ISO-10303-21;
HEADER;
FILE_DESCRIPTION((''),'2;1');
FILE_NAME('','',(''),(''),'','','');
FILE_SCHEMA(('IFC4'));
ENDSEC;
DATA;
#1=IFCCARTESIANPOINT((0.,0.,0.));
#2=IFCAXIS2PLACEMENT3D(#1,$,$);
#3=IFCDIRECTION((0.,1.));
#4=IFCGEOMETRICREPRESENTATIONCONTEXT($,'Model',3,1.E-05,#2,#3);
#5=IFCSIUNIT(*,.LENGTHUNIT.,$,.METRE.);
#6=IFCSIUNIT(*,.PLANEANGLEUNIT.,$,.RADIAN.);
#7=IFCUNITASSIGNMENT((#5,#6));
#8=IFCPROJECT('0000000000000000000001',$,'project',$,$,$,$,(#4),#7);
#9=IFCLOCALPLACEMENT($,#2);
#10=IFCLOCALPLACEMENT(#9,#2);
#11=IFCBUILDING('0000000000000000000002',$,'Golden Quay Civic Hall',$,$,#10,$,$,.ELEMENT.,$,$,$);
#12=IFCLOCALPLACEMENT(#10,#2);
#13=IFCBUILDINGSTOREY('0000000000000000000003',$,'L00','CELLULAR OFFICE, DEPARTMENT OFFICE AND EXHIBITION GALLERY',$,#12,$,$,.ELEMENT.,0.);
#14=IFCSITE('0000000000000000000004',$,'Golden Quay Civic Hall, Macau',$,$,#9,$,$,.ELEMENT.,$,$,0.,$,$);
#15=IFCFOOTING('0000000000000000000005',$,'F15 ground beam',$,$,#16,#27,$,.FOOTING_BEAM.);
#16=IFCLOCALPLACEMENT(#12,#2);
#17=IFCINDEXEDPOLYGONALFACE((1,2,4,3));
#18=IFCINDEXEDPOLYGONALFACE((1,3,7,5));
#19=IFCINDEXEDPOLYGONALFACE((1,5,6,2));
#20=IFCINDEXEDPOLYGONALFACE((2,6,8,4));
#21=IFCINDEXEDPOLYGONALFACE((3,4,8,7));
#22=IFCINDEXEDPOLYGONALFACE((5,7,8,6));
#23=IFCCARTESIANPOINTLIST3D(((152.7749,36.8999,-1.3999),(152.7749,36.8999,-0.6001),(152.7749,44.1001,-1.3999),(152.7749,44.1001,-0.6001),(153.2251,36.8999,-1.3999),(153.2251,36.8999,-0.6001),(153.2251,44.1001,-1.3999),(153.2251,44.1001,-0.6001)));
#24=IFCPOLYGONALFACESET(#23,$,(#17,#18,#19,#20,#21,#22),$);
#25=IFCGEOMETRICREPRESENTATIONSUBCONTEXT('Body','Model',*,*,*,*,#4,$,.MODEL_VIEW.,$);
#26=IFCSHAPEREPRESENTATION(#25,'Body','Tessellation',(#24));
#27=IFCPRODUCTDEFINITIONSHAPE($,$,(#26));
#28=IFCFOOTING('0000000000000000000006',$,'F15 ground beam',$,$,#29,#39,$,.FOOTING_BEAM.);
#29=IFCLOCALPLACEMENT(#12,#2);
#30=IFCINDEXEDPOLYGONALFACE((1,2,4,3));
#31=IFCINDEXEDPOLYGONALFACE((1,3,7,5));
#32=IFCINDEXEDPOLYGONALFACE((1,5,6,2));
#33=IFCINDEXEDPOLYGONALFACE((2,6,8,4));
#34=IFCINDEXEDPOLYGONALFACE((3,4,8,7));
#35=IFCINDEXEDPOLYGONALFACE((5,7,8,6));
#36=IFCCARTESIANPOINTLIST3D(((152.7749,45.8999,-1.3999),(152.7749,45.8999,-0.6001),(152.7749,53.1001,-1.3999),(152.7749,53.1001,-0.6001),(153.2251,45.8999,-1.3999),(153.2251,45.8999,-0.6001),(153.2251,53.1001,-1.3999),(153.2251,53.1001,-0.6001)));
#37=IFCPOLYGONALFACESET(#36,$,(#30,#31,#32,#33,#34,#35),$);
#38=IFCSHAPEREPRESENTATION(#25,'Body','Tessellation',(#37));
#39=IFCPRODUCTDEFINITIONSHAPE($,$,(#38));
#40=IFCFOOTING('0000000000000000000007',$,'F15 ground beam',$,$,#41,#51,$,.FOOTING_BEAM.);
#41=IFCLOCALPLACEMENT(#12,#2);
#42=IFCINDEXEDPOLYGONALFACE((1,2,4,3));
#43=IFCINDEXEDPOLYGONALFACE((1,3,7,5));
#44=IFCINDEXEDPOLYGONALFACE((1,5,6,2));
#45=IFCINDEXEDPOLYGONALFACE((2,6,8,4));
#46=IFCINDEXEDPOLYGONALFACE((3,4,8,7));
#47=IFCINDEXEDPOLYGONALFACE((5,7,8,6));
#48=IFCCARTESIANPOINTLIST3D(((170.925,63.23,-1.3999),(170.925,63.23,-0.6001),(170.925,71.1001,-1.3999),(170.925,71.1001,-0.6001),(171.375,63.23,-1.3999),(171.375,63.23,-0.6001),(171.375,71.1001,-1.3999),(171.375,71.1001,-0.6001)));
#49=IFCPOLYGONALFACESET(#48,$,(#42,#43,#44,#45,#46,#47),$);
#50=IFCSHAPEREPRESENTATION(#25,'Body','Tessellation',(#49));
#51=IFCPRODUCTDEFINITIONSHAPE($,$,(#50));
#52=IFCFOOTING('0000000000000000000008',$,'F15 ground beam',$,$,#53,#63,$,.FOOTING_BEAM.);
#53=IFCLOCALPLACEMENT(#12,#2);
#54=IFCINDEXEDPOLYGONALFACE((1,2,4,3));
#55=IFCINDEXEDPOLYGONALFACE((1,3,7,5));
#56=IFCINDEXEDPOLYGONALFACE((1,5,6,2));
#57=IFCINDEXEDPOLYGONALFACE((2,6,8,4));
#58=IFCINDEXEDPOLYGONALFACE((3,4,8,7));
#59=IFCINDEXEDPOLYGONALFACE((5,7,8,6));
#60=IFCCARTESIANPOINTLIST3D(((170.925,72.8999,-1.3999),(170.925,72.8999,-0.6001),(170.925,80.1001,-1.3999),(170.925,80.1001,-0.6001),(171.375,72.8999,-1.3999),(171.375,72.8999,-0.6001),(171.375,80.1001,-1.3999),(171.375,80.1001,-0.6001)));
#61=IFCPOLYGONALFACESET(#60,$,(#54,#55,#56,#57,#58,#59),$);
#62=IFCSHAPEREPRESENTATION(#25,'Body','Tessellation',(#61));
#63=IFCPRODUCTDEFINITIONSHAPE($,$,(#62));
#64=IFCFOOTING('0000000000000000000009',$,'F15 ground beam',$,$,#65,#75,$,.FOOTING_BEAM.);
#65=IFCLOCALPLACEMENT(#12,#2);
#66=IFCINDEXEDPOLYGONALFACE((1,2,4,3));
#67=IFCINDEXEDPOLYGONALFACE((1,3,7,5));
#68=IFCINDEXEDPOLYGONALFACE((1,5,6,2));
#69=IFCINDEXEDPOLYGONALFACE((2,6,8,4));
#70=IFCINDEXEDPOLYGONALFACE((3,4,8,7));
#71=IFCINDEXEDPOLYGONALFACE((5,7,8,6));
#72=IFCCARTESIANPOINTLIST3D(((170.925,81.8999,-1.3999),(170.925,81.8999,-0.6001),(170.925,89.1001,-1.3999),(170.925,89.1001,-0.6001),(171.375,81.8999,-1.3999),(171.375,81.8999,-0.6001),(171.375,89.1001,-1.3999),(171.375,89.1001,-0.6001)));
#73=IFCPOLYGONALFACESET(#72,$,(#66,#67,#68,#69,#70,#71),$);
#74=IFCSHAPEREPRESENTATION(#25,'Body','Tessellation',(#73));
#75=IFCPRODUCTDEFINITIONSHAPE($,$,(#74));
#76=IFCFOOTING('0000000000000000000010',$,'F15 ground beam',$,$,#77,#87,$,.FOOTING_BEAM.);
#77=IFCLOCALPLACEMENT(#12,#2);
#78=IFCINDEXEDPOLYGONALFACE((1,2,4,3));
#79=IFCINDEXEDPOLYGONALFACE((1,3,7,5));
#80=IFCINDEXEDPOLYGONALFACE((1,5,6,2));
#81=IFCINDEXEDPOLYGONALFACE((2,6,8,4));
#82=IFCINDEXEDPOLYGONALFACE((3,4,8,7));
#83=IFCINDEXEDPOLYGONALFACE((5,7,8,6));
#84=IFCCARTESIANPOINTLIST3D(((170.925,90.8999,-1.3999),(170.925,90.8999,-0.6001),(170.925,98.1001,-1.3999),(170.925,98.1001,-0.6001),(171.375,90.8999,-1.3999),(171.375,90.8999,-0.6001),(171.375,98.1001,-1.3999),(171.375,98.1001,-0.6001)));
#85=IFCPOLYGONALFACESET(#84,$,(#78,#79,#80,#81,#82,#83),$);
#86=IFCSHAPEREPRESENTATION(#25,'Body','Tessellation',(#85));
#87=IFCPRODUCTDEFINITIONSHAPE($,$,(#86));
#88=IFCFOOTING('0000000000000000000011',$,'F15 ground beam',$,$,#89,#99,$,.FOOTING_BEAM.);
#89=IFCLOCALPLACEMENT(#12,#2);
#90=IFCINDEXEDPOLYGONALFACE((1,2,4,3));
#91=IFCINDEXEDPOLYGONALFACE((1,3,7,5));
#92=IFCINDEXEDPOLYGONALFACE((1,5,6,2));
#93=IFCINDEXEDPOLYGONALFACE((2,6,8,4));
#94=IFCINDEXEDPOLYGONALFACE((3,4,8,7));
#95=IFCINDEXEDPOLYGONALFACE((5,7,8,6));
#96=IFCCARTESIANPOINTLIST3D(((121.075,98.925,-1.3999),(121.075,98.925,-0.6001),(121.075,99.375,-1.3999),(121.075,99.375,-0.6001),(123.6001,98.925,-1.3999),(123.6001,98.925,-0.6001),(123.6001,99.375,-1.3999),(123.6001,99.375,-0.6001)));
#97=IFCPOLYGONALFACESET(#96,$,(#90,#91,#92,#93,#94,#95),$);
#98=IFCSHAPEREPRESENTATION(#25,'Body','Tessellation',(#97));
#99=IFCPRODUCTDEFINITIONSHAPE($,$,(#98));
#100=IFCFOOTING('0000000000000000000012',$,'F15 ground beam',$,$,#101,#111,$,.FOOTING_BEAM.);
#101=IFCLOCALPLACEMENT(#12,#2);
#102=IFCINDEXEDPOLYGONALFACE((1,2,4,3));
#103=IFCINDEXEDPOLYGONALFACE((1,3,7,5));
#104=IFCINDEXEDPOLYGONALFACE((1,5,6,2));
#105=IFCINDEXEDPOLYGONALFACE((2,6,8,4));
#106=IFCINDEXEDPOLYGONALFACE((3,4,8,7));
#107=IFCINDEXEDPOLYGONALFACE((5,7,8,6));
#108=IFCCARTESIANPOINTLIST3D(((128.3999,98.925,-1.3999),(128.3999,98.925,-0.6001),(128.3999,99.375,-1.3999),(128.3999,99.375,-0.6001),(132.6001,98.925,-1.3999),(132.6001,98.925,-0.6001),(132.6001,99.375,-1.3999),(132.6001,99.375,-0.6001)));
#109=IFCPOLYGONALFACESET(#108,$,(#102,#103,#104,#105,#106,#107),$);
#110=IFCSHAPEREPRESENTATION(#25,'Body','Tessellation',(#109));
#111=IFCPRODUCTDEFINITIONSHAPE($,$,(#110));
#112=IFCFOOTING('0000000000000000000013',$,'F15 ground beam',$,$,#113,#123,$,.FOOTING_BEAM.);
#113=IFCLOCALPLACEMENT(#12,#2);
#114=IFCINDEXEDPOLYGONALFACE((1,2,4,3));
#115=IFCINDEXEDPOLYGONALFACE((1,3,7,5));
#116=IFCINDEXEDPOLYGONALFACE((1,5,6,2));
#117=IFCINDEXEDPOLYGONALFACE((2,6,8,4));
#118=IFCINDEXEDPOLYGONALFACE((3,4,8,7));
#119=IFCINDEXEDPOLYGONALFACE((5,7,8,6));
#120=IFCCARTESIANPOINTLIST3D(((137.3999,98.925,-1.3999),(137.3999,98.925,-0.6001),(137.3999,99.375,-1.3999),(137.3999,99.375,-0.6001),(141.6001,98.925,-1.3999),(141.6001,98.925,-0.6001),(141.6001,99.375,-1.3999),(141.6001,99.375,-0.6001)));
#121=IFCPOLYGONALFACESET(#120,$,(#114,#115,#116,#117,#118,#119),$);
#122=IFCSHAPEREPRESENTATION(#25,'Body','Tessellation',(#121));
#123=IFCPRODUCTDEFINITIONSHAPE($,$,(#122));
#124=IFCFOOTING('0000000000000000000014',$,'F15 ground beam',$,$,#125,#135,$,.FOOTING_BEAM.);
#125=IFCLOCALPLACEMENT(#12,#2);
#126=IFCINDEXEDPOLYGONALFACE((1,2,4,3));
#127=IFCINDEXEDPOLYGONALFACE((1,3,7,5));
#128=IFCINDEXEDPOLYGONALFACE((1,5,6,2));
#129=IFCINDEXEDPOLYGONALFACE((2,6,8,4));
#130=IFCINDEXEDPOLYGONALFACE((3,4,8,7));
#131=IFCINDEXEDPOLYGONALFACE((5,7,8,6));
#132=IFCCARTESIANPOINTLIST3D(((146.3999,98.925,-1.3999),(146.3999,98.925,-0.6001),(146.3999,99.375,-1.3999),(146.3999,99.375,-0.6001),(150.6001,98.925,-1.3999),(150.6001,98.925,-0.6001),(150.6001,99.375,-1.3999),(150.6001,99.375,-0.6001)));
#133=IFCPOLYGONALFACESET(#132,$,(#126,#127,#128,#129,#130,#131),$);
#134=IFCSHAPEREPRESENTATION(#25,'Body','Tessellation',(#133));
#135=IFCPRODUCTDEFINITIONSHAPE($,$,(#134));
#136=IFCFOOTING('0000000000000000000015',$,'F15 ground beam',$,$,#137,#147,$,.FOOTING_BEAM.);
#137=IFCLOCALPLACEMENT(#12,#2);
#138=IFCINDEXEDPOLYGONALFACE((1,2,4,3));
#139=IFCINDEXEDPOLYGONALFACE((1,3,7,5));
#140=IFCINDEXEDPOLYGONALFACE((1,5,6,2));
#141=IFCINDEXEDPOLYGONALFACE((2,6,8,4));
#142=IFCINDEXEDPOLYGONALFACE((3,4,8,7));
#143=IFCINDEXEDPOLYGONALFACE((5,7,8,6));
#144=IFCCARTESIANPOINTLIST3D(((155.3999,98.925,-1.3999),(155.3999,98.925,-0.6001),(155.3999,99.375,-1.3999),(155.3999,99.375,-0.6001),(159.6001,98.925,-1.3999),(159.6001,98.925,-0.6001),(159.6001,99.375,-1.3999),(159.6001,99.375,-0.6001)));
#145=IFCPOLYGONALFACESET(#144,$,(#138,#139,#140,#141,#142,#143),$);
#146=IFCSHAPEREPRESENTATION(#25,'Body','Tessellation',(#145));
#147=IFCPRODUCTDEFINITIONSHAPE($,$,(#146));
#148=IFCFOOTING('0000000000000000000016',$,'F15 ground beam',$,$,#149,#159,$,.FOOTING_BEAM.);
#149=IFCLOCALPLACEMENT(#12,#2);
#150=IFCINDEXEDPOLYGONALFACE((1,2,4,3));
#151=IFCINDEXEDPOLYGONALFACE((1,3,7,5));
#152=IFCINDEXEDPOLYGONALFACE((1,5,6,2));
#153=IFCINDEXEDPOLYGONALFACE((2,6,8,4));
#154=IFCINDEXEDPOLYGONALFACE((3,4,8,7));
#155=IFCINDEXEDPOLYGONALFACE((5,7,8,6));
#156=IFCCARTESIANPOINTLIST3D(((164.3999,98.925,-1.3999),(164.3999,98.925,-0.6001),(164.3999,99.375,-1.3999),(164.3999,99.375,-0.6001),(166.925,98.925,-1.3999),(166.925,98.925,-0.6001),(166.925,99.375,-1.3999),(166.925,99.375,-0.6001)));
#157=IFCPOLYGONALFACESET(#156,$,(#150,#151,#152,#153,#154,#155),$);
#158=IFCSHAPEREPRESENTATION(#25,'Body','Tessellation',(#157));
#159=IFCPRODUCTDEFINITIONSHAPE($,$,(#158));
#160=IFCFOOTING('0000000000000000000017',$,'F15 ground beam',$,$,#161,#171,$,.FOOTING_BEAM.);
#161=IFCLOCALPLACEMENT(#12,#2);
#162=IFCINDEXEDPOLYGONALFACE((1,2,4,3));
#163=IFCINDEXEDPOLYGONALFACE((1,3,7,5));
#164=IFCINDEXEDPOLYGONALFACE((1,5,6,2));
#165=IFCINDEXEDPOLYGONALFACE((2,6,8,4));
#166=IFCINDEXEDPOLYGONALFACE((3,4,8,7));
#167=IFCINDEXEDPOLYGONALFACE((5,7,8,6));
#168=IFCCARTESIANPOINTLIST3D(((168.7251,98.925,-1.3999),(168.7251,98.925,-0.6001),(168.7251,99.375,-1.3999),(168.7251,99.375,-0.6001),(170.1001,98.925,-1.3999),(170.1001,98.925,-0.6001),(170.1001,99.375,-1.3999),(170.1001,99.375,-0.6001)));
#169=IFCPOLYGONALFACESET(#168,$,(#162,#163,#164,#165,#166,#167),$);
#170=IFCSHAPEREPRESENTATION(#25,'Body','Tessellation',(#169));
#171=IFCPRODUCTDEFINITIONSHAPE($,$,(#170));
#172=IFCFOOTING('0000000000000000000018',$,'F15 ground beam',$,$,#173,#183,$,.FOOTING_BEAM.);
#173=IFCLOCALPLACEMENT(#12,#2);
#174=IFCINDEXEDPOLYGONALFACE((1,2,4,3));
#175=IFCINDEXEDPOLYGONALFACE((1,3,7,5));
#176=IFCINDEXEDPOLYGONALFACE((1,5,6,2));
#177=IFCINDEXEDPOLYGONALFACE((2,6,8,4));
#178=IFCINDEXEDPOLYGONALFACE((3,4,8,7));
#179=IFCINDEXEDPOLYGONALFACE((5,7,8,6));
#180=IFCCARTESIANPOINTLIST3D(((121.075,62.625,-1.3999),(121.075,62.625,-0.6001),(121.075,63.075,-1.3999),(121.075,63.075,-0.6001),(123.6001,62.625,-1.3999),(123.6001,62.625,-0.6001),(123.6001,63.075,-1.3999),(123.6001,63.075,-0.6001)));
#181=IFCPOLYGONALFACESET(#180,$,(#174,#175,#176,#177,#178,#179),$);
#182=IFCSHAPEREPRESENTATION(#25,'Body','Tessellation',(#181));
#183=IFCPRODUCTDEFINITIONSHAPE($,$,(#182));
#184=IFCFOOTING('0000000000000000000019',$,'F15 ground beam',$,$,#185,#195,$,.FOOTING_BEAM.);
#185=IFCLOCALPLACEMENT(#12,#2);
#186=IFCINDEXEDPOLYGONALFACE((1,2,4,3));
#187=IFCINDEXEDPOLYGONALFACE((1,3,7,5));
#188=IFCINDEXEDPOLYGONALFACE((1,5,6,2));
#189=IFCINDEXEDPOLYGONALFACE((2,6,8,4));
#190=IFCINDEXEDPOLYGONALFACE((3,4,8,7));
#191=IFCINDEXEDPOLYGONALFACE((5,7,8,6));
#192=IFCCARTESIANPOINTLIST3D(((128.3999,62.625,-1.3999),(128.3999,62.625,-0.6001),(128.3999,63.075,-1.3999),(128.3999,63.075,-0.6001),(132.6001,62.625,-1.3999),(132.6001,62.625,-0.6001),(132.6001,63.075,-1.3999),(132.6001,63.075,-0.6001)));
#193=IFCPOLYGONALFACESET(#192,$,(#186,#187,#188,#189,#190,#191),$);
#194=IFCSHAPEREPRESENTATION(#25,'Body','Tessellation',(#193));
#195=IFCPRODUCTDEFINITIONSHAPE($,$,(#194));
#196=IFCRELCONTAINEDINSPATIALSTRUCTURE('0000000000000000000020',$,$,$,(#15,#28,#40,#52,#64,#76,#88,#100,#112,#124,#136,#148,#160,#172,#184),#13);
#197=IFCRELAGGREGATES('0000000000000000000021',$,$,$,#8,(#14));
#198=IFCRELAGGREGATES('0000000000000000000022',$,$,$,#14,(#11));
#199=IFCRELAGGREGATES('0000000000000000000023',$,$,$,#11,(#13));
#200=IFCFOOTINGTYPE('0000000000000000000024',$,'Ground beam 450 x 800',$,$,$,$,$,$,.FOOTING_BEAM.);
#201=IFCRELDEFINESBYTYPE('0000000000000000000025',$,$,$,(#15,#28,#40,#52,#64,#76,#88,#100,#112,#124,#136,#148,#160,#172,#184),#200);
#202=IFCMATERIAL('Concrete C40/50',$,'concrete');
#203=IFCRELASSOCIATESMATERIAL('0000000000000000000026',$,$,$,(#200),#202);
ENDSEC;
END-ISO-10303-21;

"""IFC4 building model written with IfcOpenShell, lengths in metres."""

from ifc_helpers import new_model, si_unit, direction, frame, origin, place, context, subcontext, project, spatial, polyline, outline, extrude, material, type_object, element, save


model = new_model("IFC4")

# Units and contexts
model_context = context("Model", 3, precision=1e-05, world=origin(), true_north=direction((0.0, 1.0)))
body_context = subcontext(model_context, "Body", "Model", "MODEL_VIEW")
ifc_project = project(units=[si_unit("LENGTHUNIT", "METRE"), si_unit("PLANEANGLEUNIT", "RADIAN")], contexts=[model_context])

# Site, building, storey
site_placement = place(None, origin())
site = spatial("IfcSite", under=ifc_project, at=site_placement, Name="Golden Quay Civic Hall, Macau", CompositionType="ELEMENT", RefElevation=0.0)
building_placement = place(site_placement, origin())
building = spatial("IfcBuilding", under=site, at=building_placement, Name="Golden Quay Civic Hall", CompositionType="ELEMENT")
storey_placement = place(building_placement, origin())
storey = spatial("IfcBuildingStorey", under=building, at=storey_placement, Name="L00", Description="CELLULAR OFFICE, DEPARTMENT OFFICE AND EXHIBITION GALLERY", CompositionType="ELEMENT", Elevation=0.0)

# Footings
ifc_material_1 = material(Name="Concrete C40/50", Category="concrete")
footing_type = type_object("IfcFootingType", Name="Ground beam 450 x 800", PredefinedType="FOOTING_BEAM", material=ifc_material_1)
footing_1_placement = place(storey_placement, frame((0.0, 0.0, -1.3999)))
element("IfcFooting", 1, at=footing_1_placement, inside=storey, type_object=footing_type, Name="F15 ground beam", PredefinedType="FOOTING_BEAM", context=body_context, shape_type="SweptSolid", body=[
    extrude(outline(polyline([(152.7749, 44.1001), (153.2251, 44.1001), (153.2251, 36.8999), (152.7749, 36.8999), (152.7749, 44.1001)])), origin(), (0.0, 0.0, 1.0), 0.7998),
])
footing_2_placement = place(storey_placement, frame((0.0, 0.0, -1.3999)))
element("IfcFooting", 2, at=footing_2_placement, inside=storey, type_object=footing_type, Name="F15 ground beam", PredefinedType="FOOTING_BEAM", context=body_context, shape_type="SweptSolid", body=[
    extrude(outline(polyline([(152.7749, 53.1001), (153.2251, 53.1001), (153.2251, 45.8999), (152.7749, 45.8999), (152.7749, 53.1001)])), origin(), (0.0, 0.0, 1.0), 0.7998),
])
footing_3_placement = place(storey_placement, frame((0.0, 0.0, -1.3999)))
element("IfcFooting", 3, at=footing_3_placement, inside=storey, type_object=footing_type, Name="F15 ground beam", PredefinedType="FOOTING_BEAM", context=body_context, shape_type="SweptSolid", body=[
    extrude(outline(polyline([(170.925, 71.1001), (171.375, 71.1001), (171.375, 63.23), (170.925, 63.23), (170.925, 71.1001)])), origin(), (0.0, 0.0, 1.0), 0.7998),
])
footing_4_placement = place(storey_placement, frame((0.0, 0.0, -1.3999)))
element("IfcFooting", 4, at=footing_4_placement, inside=storey, type_object=footing_type, Name="F15 ground beam", PredefinedType="FOOTING_BEAM", context=body_context, shape_type="SweptSolid", body=[
    extrude(outline(polyline([(170.925, 80.1001), (171.375, 80.1001), (171.375, 72.8999), (170.925, 72.8999), (170.925, 80.1001)])), origin(), (0.0, 0.0, 1.0), 0.7998),
])
footing_5_placement = place(storey_placement, frame((0.0, 0.0, -1.3999)))
element("IfcFooting", 5, at=footing_5_placement, inside=storey, type_object=footing_type, Name="F15 ground beam", PredefinedType="FOOTING_BEAM", context=body_context, shape_type="SweptSolid", body=[
    extrude(outline(polyline([(170.925, 89.1001), (171.375, 89.1001), (171.375, 81.8999), (170.925, 81.8999), (170.925, 89.1001)])), origin(), (0.0, 0.0, 1.0), 0.7998),
])
footing_6_placement = place(storey_placement, frame((0.0, 0.0, -1.3999)))
element("IfcFooting", 6, at=footing_6_placement, inside=storey, type_object=footing_type, Name="F15 ground beam", PredefinedType="FOOTING_BEAM", context=body_context, shape_type="SweptSolid", body=[
    extrude(outline(polyline([(170.925, 98.1001), (171.375, 98.1001), (171.375, 90.8999), (170.925, 90.8999), (170.925, 98.1001)])), origin(), (0.0, 0.0, 1.0), 0.7998),
])
footing_7_placement = place(storey_placement, frame((0.0, 0.0, -1.3999)))
element("IfcFooting", 7, at=footing_7_placement, inside=storey, type_object=footing_type, Name="F15 ground beam", PredefinedType="FOOTING_BEAM", context=body_context, shape_type="SweptSolid", body=[
    extrude(outline(polyline([(123.6001, 99.375), (123.6001, 98.925), (121.075, 98.925), (121.075, 99.375), (123.6001, 99.375)])), origin(), (0.0, 0.0, 1.0), 0.7998),
])
footing_8_placement = place(storey_placement, frame((0.0, 0.0, -1.3999)))
element("IfcFooting", 8, at=footing_8_placement, inside=storey, type_object=footing_type, Name="F15 ground beam", PredefinedType="FOOTING_BEAM", context=body_context, shape_type="SweptSolid", body=[
    extrude(outline(polyline([(132.6001, 99.375), (132.6001, 98.925), (128.3999, 98.925), (128.3999, 99.375), (132.6001, 99.375)])), origin(), (0.0, 0.0, 1.0), 0.7998),
])
footing_9_placement = place(storey_placement, frame((0.0, 0.0, -1.3999)))
element("IfcFooting", 9, at=footing_9_placement, inside=storey, type_object=footing_type, Name="F15 ground beam", PredefinedType="FOOTING_BEAM", context=body_context, shape_type="SweptSolid", body=[
    extrude(outline(polyline([(141.6001, 99.375), (141.6001, 98.925), (137.3999, 98.925), (137.3999, 99.375), (141.6001, 99.375)])), origin(), (0.0, 0.0, 1.0), 0.7998),
])
footing_10_placement = place(storey_placement, frame((0.0, 0.0, -1.3999)))
element("IfcFooting", 10, at=footing_10_placement, inside=storey, type_object=footing_type, Name="F15 ground beam", PredefinedType="FOOTING_BEAM", context=body_context, shape_type="SweptSolid", body=[
    extrude(outline(polyline([(150.6001, 99.375), (150.6001, 98.925), (146.3999, 98.925), (146.3999, 99.375), (150.6001, 99.375)])), origin(), (0.0, 0.0, 1.0), 0.7998),
])
footing_11_placement = place(storey_placement, frame((0.0, 0.0, -1.3999)))
element("IfcFooting", 11, at=footing_11_placement, inside=storey, type_object=footing_type, Name="F15 ground beam", PredefinedType="FOOTING_BEAM", context=body_context, shape_type="SweptSolid", body=[
    extrude(outline(polyline([(159.6001, 99.375), (159.6001, 98.925), (155.3999, 98.925), (155.3999, 99.375), (159.6001, 99.375)])), origin(), (0.0, 0.0, 1.0), 0.7998),
])
footing_12_placement = place(storey_placement, frame((0.0, 0.0, -1.3999)))
element("IfcFooting", 12, at=footing_12_placement, inside=storey, type_object=footing_type, Name="F15 ground beam", PredefinedType="FOOTING_BEAM", context=body_context, shape_type="SweptSolid", body=[
    extrude(outline(polyline([(166.925, 99.375), (166.925, 98.925), (164.3999, 98.925), (164.3999, 99.375), (166.925, 99.375)])), origin(), (0.0, 0.0, 1.0), 0.7998),
])
footing_13_placement = place(storey_placement, frame((0.0, 0.0, -1.3999)))
element("IfcFooting", 13, at=footing_13_placement, inside=storey, type_object=footing_type, Name="F15 ground beam", PredefinedType="FOOTING_BEAM", context=body_context, shape_type="SweptSolid", body=[
    extrude(outline(polyline([(170.1001, 99.375), (170.1001, 98.925), (168.7251, 98.925), (168.7251, 99.375), (170.1001, 99.375)])), origin(), (0.0, 0.0, 1.0), 0.7998),
])
footing_14_placement = place(storey_placement, frame((0.0, 0.0, -1.3999)))
element("IfcFooting", 14, at=footing_14_placement, inside=storey, type_object=footing_type, Name="F15 ground beam", PredefinedType="FOOTING_BEAM", context=body_context, shape_type="SweptSolid", body=[
    extrude(outline(polyline([(123.6001, 63.075), (123.6001, 62.625), (121.075, 62.625), (121.075, 63.075), (123.6001, 63.075)])), origin(), (0.0, 0.0, 1.0), 0.7998),
])
footing_15_placement = place(storey_placement, frame((0.0, 0.0, -1.3999)))
element("IfcFooting", 15, at=footing_15_placement, inside=storey, type_object=footing_type, Name="F15 ground beam", PredefinedType="FOOTING_BEAM", context=body_context, shape_type="SweptSolid", body=[
    extrude(outline(polyline([(132.6001, 63.075), (132.6001, 62.625), (128.3999, 62.625), (128.3999, 63.075), (132.6001, 63.075)])), origin(), (0.0, 0.0, 1.0), 0.7998),
])

save(model, "model.ifc")
